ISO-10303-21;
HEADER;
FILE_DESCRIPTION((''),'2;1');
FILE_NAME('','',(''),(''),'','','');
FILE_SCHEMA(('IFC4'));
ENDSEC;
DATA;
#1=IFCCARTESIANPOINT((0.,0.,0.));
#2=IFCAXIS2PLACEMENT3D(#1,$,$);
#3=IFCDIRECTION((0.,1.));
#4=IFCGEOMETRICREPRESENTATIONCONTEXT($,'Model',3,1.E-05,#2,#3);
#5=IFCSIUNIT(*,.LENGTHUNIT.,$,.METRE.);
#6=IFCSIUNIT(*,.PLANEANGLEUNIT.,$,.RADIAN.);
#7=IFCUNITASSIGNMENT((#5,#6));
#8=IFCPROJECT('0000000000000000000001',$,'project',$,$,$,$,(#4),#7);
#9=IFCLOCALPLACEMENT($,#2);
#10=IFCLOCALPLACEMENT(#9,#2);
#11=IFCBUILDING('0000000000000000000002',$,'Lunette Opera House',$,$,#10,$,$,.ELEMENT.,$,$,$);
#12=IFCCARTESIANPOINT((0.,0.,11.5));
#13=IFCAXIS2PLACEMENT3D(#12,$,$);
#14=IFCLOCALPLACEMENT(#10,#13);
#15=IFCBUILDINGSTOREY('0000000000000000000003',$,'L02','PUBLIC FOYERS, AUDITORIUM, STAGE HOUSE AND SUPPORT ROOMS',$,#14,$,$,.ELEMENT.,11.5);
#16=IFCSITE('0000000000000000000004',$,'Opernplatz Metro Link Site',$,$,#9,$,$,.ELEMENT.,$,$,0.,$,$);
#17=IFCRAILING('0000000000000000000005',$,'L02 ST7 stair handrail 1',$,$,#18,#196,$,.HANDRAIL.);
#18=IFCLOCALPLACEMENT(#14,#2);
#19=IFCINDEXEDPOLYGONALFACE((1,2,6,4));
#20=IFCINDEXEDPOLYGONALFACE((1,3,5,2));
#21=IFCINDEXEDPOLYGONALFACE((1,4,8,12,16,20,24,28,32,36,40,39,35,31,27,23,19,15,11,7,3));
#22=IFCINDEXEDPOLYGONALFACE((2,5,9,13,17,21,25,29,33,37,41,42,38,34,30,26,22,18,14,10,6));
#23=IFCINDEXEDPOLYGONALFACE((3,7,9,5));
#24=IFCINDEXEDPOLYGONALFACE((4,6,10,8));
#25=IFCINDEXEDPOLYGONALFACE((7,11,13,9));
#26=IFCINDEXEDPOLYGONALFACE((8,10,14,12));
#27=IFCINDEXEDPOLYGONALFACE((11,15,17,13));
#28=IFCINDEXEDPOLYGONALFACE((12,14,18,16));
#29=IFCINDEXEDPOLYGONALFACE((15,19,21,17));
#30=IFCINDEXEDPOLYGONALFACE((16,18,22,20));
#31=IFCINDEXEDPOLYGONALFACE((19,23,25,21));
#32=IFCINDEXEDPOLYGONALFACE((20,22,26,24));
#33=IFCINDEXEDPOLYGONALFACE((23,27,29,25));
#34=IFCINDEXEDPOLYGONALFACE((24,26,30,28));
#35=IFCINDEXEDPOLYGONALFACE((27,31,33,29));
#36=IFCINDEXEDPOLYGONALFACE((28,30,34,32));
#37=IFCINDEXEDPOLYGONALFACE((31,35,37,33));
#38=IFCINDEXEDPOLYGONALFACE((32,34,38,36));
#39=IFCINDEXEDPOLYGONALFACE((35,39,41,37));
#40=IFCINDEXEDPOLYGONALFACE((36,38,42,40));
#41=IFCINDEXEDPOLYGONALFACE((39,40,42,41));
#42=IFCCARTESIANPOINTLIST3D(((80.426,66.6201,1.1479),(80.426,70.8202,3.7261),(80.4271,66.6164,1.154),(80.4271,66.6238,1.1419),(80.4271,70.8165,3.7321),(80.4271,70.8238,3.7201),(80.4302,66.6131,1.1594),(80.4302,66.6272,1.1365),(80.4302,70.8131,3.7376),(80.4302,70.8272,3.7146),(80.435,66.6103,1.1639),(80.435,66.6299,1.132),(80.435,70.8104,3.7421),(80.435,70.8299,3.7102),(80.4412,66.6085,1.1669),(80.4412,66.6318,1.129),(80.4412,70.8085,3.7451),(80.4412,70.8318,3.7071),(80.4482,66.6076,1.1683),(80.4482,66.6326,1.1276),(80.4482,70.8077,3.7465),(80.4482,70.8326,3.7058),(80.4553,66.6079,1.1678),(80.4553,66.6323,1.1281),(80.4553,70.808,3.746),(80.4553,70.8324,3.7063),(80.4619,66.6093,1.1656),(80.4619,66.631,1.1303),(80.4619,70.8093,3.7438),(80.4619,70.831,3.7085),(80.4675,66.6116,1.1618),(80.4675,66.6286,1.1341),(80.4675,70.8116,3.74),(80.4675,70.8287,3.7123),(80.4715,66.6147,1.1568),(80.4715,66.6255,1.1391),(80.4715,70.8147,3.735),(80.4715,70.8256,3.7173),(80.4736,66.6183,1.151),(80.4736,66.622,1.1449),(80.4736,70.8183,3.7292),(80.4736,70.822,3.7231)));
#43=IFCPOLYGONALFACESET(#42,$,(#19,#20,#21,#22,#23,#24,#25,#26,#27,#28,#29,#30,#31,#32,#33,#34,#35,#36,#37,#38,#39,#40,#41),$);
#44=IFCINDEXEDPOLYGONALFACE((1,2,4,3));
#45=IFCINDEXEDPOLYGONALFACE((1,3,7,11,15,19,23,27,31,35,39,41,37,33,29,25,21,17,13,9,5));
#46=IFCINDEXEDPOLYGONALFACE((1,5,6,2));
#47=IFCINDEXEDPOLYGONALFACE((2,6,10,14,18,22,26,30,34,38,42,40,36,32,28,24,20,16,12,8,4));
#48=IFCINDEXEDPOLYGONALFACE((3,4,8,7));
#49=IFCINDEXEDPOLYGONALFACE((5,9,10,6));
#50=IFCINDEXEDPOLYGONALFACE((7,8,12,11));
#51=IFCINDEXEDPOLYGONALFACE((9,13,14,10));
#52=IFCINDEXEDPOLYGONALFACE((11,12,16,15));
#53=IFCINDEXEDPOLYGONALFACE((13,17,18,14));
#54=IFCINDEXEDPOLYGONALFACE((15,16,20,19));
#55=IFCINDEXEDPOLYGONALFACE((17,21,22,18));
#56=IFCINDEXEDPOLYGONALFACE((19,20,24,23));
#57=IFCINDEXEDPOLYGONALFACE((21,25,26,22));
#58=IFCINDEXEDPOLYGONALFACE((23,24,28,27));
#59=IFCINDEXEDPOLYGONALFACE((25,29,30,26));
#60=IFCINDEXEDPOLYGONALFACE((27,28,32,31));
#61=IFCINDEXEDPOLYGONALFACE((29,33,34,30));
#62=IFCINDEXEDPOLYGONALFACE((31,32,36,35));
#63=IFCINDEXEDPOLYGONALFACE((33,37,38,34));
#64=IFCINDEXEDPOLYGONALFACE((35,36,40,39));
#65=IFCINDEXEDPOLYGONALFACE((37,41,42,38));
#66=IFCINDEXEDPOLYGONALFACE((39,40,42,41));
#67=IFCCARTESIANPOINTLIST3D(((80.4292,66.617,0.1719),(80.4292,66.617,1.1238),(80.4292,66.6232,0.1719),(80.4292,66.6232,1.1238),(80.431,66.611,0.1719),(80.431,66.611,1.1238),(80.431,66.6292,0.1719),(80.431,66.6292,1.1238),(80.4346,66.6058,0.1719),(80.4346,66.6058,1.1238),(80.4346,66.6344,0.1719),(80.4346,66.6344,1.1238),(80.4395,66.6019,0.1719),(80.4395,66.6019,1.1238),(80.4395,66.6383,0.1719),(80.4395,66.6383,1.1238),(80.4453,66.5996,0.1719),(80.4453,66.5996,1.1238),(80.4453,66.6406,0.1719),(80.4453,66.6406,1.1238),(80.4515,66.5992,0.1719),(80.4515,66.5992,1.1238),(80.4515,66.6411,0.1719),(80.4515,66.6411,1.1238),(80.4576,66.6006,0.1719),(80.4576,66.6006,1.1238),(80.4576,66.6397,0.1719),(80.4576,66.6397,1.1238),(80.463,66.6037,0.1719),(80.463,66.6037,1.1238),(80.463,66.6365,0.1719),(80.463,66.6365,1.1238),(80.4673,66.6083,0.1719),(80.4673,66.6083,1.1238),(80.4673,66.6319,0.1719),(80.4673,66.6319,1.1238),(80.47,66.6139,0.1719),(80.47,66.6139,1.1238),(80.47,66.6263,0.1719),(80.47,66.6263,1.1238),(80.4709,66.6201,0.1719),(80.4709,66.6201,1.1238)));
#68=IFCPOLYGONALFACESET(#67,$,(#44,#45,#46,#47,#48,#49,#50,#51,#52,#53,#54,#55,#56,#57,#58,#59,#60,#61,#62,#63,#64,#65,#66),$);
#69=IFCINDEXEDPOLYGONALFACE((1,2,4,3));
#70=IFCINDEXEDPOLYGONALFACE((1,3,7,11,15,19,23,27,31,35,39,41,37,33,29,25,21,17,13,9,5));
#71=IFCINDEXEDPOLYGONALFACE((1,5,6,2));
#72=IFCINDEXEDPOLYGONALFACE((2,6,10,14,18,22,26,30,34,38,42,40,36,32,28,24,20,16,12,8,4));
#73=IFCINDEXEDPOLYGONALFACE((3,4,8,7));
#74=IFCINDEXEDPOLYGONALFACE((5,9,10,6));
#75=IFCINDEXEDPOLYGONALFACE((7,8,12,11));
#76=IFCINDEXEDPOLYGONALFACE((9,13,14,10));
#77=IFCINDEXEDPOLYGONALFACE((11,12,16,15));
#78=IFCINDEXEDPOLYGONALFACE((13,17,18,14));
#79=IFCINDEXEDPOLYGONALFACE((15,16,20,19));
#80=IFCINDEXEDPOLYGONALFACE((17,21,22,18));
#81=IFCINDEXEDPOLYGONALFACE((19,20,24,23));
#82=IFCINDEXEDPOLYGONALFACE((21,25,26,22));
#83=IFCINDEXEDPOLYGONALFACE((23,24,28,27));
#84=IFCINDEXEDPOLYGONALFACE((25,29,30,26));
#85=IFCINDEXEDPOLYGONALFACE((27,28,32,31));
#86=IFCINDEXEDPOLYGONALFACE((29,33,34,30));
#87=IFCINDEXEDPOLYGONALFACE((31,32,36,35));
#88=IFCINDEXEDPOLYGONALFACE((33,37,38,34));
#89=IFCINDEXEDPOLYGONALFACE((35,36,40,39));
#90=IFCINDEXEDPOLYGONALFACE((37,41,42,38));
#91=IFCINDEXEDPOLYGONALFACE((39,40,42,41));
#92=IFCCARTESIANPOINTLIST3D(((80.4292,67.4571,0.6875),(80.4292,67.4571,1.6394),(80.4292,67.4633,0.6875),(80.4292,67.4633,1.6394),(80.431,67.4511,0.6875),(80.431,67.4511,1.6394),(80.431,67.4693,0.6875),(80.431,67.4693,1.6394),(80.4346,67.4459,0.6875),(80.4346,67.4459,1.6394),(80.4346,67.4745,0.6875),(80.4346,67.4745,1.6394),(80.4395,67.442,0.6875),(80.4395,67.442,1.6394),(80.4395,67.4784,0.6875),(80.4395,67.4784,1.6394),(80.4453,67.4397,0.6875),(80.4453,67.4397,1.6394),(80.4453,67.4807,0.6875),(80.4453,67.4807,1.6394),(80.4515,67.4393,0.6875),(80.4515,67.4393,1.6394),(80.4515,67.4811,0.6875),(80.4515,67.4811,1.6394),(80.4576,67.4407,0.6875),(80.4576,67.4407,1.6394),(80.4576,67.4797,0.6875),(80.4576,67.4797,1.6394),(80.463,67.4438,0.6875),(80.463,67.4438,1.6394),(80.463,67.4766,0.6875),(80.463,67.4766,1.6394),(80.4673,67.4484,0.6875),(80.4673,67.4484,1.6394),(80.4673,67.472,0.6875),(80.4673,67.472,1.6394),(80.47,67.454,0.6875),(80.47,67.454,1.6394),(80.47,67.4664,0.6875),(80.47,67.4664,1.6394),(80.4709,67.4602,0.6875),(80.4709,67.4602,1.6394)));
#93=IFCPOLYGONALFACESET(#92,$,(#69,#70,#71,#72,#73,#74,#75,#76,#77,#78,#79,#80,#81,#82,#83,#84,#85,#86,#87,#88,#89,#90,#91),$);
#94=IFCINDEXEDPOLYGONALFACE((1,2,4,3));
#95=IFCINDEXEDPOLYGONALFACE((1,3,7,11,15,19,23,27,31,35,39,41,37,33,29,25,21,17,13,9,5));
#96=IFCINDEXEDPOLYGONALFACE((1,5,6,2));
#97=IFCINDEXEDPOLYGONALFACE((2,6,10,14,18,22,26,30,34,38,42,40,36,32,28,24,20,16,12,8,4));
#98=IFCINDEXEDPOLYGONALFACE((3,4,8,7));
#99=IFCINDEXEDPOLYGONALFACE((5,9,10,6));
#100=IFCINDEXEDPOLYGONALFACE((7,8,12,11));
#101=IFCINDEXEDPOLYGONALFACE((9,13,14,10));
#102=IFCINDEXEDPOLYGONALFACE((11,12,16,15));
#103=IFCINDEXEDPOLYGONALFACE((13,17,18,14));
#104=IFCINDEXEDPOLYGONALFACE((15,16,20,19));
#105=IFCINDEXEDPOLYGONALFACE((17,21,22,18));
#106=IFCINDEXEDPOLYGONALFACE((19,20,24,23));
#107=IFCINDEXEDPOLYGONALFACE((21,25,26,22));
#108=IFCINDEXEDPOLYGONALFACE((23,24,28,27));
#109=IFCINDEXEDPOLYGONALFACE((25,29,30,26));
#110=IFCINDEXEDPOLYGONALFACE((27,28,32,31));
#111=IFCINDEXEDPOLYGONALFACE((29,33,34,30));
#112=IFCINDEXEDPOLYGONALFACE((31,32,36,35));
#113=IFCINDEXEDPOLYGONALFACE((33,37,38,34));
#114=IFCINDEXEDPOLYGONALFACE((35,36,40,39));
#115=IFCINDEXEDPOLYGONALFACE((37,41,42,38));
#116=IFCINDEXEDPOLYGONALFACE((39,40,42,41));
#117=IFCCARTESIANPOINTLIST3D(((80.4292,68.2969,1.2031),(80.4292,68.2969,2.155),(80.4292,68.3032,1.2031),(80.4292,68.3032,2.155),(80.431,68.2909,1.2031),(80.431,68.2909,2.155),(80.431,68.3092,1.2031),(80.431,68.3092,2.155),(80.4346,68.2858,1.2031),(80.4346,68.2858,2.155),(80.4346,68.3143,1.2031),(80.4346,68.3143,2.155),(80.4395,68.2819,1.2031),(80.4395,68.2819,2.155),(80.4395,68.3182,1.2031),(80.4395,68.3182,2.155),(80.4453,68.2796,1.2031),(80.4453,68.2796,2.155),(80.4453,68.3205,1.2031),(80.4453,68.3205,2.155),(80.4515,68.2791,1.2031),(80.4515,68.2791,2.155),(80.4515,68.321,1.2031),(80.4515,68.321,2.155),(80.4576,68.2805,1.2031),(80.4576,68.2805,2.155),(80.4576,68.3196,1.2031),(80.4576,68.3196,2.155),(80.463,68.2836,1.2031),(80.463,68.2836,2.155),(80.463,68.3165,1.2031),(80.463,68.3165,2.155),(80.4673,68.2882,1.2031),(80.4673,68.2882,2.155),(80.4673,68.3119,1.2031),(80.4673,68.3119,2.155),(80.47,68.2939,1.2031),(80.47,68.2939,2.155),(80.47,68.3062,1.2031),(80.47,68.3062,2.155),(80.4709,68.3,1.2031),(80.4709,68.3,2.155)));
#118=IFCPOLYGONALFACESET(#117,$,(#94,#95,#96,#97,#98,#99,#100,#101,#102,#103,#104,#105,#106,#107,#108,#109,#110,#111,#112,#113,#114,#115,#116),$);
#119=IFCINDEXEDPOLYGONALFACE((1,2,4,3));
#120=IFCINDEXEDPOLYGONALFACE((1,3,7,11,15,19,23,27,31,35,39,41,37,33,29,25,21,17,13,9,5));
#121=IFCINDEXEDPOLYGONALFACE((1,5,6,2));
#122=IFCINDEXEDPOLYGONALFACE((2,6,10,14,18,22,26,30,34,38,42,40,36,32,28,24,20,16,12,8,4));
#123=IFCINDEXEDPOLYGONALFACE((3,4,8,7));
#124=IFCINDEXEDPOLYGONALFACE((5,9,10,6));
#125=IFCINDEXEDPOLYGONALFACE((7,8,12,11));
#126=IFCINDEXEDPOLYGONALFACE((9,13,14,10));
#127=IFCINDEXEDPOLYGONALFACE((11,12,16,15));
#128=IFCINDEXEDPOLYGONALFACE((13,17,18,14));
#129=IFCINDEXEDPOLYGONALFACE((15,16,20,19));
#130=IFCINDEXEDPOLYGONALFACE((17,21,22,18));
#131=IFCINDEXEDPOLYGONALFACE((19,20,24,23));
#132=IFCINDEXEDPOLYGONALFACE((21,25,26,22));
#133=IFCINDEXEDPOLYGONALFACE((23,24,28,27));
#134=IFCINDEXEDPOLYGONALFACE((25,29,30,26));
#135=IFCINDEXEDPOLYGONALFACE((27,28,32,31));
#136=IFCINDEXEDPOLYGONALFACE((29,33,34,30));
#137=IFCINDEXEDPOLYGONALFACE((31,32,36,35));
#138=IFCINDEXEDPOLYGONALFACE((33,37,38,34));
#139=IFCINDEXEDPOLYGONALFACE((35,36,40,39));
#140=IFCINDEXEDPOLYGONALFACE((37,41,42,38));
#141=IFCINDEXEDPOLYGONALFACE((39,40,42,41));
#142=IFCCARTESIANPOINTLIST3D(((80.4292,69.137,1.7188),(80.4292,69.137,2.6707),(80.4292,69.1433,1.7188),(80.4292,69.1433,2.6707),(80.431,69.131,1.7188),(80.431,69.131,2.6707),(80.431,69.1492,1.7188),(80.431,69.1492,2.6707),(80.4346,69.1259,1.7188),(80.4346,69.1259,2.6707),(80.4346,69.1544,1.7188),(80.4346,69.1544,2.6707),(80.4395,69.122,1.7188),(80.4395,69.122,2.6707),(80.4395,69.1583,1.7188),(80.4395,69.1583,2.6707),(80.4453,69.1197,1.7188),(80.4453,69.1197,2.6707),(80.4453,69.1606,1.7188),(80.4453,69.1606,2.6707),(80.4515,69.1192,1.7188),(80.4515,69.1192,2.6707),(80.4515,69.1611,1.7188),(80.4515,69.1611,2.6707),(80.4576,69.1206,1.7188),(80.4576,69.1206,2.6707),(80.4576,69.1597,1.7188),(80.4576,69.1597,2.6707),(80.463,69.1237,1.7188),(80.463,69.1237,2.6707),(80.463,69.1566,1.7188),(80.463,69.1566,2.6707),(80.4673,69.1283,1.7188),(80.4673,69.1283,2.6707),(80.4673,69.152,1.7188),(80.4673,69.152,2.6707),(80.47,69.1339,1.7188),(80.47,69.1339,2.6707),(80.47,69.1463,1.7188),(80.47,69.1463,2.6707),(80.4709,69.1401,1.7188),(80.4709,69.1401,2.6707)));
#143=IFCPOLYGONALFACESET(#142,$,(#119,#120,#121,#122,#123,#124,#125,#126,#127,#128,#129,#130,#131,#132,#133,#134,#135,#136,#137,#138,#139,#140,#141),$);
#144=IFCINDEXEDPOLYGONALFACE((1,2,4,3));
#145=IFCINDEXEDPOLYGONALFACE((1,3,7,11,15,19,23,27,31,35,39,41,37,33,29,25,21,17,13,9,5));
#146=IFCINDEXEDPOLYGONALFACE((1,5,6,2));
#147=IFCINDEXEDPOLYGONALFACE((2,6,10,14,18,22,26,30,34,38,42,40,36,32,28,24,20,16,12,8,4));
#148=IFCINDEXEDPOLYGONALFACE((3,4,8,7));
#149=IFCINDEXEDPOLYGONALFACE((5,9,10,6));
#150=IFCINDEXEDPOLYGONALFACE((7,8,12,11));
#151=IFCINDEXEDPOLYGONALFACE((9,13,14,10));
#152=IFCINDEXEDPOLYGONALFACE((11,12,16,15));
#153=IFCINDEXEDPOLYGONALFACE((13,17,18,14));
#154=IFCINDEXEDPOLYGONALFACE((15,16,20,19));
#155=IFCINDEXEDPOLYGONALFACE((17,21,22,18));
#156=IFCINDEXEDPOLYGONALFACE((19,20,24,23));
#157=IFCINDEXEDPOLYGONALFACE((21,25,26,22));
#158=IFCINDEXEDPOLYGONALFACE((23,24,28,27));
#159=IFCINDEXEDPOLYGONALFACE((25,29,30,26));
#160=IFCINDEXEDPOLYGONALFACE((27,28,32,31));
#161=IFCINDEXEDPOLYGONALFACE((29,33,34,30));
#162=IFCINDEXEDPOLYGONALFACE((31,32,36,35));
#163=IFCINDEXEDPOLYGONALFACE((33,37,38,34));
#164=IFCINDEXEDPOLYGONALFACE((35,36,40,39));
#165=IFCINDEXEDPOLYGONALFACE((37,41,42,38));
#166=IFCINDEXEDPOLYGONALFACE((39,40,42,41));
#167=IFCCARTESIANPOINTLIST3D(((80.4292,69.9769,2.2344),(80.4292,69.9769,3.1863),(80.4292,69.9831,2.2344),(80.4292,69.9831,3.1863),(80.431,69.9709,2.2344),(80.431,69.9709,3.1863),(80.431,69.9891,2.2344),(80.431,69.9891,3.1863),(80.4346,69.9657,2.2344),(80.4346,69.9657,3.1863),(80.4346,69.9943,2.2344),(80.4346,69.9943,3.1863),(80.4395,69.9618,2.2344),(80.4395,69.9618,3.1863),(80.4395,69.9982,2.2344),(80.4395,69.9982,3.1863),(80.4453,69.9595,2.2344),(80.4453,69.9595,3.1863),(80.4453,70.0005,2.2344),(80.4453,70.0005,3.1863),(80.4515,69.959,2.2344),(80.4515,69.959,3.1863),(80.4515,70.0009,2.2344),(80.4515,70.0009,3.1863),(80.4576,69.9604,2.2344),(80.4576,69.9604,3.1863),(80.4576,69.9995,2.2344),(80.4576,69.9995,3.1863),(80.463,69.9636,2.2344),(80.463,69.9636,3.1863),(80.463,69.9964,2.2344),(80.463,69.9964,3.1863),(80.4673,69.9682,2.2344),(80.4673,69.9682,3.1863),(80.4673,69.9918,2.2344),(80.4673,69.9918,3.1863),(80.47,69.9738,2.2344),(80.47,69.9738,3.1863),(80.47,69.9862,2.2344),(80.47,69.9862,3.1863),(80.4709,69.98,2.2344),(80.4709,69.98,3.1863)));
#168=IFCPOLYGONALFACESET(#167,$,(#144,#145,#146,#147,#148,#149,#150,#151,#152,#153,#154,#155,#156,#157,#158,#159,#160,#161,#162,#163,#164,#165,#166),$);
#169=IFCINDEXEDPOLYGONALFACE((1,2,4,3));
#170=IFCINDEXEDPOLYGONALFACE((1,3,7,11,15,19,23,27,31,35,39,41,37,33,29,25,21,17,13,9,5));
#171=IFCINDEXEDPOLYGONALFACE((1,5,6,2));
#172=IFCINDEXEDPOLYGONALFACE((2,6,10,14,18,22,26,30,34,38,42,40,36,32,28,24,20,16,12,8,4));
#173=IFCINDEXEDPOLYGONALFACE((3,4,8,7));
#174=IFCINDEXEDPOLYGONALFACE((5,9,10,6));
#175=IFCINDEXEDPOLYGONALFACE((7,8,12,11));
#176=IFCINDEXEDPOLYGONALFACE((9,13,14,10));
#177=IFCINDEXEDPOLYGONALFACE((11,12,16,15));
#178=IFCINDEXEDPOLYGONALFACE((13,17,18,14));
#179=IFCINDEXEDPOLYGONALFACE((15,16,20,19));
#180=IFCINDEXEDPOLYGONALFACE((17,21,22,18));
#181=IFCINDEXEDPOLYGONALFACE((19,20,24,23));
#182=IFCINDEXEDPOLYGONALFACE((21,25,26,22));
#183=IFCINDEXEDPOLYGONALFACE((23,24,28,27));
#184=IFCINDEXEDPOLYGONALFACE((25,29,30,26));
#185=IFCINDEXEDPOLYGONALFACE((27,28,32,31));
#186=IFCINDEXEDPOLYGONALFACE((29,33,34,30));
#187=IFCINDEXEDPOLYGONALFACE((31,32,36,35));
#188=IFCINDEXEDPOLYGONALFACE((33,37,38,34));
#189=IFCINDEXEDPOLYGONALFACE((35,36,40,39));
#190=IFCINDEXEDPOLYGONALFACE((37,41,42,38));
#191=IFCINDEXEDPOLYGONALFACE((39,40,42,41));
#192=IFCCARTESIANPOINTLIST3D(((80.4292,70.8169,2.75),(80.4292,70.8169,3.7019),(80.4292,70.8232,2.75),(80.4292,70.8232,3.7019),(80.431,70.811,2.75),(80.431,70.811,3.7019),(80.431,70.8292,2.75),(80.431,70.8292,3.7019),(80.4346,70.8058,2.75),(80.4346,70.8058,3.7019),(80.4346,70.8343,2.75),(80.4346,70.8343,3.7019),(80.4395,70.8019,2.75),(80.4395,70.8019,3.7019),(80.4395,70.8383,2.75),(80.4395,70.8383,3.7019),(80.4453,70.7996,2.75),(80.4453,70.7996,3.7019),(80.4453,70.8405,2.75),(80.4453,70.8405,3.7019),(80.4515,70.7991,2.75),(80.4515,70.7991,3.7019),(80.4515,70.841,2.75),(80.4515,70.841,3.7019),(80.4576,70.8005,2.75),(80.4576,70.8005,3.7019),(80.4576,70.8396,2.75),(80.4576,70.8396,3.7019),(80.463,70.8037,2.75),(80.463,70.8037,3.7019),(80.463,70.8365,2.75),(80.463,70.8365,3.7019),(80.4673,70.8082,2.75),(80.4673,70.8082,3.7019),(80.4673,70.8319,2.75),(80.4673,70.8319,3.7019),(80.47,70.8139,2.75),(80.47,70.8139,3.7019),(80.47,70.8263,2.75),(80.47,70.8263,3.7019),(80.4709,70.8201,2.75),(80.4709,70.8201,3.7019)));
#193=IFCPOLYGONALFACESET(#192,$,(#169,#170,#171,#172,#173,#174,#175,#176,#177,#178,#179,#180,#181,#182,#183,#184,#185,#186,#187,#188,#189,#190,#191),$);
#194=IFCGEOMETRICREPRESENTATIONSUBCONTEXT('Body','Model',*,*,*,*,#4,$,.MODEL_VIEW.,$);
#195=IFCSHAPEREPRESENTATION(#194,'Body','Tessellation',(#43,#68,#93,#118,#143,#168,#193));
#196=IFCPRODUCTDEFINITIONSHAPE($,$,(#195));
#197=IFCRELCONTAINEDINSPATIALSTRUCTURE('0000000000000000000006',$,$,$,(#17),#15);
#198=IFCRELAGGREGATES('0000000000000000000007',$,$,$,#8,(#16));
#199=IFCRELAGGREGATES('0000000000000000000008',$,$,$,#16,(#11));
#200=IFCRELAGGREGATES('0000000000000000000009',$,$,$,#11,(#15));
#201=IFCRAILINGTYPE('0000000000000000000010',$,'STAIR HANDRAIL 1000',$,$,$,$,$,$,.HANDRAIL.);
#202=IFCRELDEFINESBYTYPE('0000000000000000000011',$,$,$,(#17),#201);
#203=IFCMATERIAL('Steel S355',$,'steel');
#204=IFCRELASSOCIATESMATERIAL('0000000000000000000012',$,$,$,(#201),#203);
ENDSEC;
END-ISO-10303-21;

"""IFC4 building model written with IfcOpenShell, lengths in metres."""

from ifc_helpers import new_model, si_unit, direction, frame, origin, origin_2d, place, context, subcontext, project, spatial, circle, extrude, material, type_object, element, save


model = new_model("IFC4")

# Units and contexts
model_context = context("Model", 3, precision=1e-05, world=origin(), true_north=direction((0.0, 1.0)))
body_context = subcontext(model_context, "Body", "Model", "MODEL_VIEW")
ifc_project = project(units=[si_unit("LENGTHUNIT", "METRE"), si_unit("PLANEANGLEUNIT", "RADIAN")], contexts=[model_context])

# Site, building, storey
site_placement = place(None, origin())
site = spatial("IfcSite", under=ifc_project, at=site_placement, Name="Opernplatz Metro Link Site", CompositionType="ELEMENT", RefElevation=0.0)
building_placement = place(site_placement, origin())
building = spatial("IfcBuilding", under=site, at=building_placement, Name="Lunette Opera House", CompositionType="ELEMENT")
storey_placement = place(building_placement, frame((0.0, 0.0, 11.5)))
storey = spatial("IfcBuildingStorey", under=building, at=storey_placement, Name="L02", Description="PUBLIC FOYERS, AUDITORIUM, STAGE HOUSE AND SUPPORT ROOMS", CompositionType="ELEMENT", Elevation=11.5)

# Railing
ifc_material_1 = material(Name="Steel S355", Category="steel")
railing_type_1 = type_object("IfcRailingType", Name="STAIR HANDRAIL 1000", PredefinedType="HANDRAIL", material=ifc_material_1)
railing_1_placement = place(storey_placement, frame((80.45, 66.6201, 0.1719)))
element("IfcRailing", 1, at=railing_1_placement, inside=storey, type_object=railing_type_1, Name="L02 ST7 stair handrail 1", PredefinedType="HANDRAIL", context=body_context, shape_type="SweptSolid", body=[
    extrude(circle(Radius=0.0239, at=origin_2d()), frame((0.0, 0.0, 0.9761), z_axis=(0.0, 0.852243, 0.523146), x_axis=(-1.0, 0.0, 0.0)), (0.0, 0.0, 1.0), 4.9282),
    extrude(circle(Radius=0.021, at=origin_2d()), origin(), (0.0, 0.0, 1.0), 0.9519),
    extrude(circle(Radius=0.021, at=origin_2d()), frame((0.0, 0.8401, 0.5156)), (0.0, 0.0, 1.0), 0.9519),
    extrude(circle(Radius=0.021, at=origin_2d()), frame((0.0, 1.6799, 1.0312)), (0.0, 0.0, 1.0), 0.9519),
    extrude(circle(Radius=0.021, at=origin_2d()), frame((0.0, 2.52, 1.5469)), (0.0, 0.0, 1.0), 0.9519),
    extrude(circle(Radius=0.021, at=origin_2d()), frame((0.0, 3.3599, 2.0625)), (0.0, 0.0, 1.0), 0.9519),
    extrude(circle(Radius=0.021, at=origin_2d()), frame((0.0, 4.2, 2.5781)), (0.0, 0.0, 1.0), 0.9519),
])

save(model, "model.ifc")
